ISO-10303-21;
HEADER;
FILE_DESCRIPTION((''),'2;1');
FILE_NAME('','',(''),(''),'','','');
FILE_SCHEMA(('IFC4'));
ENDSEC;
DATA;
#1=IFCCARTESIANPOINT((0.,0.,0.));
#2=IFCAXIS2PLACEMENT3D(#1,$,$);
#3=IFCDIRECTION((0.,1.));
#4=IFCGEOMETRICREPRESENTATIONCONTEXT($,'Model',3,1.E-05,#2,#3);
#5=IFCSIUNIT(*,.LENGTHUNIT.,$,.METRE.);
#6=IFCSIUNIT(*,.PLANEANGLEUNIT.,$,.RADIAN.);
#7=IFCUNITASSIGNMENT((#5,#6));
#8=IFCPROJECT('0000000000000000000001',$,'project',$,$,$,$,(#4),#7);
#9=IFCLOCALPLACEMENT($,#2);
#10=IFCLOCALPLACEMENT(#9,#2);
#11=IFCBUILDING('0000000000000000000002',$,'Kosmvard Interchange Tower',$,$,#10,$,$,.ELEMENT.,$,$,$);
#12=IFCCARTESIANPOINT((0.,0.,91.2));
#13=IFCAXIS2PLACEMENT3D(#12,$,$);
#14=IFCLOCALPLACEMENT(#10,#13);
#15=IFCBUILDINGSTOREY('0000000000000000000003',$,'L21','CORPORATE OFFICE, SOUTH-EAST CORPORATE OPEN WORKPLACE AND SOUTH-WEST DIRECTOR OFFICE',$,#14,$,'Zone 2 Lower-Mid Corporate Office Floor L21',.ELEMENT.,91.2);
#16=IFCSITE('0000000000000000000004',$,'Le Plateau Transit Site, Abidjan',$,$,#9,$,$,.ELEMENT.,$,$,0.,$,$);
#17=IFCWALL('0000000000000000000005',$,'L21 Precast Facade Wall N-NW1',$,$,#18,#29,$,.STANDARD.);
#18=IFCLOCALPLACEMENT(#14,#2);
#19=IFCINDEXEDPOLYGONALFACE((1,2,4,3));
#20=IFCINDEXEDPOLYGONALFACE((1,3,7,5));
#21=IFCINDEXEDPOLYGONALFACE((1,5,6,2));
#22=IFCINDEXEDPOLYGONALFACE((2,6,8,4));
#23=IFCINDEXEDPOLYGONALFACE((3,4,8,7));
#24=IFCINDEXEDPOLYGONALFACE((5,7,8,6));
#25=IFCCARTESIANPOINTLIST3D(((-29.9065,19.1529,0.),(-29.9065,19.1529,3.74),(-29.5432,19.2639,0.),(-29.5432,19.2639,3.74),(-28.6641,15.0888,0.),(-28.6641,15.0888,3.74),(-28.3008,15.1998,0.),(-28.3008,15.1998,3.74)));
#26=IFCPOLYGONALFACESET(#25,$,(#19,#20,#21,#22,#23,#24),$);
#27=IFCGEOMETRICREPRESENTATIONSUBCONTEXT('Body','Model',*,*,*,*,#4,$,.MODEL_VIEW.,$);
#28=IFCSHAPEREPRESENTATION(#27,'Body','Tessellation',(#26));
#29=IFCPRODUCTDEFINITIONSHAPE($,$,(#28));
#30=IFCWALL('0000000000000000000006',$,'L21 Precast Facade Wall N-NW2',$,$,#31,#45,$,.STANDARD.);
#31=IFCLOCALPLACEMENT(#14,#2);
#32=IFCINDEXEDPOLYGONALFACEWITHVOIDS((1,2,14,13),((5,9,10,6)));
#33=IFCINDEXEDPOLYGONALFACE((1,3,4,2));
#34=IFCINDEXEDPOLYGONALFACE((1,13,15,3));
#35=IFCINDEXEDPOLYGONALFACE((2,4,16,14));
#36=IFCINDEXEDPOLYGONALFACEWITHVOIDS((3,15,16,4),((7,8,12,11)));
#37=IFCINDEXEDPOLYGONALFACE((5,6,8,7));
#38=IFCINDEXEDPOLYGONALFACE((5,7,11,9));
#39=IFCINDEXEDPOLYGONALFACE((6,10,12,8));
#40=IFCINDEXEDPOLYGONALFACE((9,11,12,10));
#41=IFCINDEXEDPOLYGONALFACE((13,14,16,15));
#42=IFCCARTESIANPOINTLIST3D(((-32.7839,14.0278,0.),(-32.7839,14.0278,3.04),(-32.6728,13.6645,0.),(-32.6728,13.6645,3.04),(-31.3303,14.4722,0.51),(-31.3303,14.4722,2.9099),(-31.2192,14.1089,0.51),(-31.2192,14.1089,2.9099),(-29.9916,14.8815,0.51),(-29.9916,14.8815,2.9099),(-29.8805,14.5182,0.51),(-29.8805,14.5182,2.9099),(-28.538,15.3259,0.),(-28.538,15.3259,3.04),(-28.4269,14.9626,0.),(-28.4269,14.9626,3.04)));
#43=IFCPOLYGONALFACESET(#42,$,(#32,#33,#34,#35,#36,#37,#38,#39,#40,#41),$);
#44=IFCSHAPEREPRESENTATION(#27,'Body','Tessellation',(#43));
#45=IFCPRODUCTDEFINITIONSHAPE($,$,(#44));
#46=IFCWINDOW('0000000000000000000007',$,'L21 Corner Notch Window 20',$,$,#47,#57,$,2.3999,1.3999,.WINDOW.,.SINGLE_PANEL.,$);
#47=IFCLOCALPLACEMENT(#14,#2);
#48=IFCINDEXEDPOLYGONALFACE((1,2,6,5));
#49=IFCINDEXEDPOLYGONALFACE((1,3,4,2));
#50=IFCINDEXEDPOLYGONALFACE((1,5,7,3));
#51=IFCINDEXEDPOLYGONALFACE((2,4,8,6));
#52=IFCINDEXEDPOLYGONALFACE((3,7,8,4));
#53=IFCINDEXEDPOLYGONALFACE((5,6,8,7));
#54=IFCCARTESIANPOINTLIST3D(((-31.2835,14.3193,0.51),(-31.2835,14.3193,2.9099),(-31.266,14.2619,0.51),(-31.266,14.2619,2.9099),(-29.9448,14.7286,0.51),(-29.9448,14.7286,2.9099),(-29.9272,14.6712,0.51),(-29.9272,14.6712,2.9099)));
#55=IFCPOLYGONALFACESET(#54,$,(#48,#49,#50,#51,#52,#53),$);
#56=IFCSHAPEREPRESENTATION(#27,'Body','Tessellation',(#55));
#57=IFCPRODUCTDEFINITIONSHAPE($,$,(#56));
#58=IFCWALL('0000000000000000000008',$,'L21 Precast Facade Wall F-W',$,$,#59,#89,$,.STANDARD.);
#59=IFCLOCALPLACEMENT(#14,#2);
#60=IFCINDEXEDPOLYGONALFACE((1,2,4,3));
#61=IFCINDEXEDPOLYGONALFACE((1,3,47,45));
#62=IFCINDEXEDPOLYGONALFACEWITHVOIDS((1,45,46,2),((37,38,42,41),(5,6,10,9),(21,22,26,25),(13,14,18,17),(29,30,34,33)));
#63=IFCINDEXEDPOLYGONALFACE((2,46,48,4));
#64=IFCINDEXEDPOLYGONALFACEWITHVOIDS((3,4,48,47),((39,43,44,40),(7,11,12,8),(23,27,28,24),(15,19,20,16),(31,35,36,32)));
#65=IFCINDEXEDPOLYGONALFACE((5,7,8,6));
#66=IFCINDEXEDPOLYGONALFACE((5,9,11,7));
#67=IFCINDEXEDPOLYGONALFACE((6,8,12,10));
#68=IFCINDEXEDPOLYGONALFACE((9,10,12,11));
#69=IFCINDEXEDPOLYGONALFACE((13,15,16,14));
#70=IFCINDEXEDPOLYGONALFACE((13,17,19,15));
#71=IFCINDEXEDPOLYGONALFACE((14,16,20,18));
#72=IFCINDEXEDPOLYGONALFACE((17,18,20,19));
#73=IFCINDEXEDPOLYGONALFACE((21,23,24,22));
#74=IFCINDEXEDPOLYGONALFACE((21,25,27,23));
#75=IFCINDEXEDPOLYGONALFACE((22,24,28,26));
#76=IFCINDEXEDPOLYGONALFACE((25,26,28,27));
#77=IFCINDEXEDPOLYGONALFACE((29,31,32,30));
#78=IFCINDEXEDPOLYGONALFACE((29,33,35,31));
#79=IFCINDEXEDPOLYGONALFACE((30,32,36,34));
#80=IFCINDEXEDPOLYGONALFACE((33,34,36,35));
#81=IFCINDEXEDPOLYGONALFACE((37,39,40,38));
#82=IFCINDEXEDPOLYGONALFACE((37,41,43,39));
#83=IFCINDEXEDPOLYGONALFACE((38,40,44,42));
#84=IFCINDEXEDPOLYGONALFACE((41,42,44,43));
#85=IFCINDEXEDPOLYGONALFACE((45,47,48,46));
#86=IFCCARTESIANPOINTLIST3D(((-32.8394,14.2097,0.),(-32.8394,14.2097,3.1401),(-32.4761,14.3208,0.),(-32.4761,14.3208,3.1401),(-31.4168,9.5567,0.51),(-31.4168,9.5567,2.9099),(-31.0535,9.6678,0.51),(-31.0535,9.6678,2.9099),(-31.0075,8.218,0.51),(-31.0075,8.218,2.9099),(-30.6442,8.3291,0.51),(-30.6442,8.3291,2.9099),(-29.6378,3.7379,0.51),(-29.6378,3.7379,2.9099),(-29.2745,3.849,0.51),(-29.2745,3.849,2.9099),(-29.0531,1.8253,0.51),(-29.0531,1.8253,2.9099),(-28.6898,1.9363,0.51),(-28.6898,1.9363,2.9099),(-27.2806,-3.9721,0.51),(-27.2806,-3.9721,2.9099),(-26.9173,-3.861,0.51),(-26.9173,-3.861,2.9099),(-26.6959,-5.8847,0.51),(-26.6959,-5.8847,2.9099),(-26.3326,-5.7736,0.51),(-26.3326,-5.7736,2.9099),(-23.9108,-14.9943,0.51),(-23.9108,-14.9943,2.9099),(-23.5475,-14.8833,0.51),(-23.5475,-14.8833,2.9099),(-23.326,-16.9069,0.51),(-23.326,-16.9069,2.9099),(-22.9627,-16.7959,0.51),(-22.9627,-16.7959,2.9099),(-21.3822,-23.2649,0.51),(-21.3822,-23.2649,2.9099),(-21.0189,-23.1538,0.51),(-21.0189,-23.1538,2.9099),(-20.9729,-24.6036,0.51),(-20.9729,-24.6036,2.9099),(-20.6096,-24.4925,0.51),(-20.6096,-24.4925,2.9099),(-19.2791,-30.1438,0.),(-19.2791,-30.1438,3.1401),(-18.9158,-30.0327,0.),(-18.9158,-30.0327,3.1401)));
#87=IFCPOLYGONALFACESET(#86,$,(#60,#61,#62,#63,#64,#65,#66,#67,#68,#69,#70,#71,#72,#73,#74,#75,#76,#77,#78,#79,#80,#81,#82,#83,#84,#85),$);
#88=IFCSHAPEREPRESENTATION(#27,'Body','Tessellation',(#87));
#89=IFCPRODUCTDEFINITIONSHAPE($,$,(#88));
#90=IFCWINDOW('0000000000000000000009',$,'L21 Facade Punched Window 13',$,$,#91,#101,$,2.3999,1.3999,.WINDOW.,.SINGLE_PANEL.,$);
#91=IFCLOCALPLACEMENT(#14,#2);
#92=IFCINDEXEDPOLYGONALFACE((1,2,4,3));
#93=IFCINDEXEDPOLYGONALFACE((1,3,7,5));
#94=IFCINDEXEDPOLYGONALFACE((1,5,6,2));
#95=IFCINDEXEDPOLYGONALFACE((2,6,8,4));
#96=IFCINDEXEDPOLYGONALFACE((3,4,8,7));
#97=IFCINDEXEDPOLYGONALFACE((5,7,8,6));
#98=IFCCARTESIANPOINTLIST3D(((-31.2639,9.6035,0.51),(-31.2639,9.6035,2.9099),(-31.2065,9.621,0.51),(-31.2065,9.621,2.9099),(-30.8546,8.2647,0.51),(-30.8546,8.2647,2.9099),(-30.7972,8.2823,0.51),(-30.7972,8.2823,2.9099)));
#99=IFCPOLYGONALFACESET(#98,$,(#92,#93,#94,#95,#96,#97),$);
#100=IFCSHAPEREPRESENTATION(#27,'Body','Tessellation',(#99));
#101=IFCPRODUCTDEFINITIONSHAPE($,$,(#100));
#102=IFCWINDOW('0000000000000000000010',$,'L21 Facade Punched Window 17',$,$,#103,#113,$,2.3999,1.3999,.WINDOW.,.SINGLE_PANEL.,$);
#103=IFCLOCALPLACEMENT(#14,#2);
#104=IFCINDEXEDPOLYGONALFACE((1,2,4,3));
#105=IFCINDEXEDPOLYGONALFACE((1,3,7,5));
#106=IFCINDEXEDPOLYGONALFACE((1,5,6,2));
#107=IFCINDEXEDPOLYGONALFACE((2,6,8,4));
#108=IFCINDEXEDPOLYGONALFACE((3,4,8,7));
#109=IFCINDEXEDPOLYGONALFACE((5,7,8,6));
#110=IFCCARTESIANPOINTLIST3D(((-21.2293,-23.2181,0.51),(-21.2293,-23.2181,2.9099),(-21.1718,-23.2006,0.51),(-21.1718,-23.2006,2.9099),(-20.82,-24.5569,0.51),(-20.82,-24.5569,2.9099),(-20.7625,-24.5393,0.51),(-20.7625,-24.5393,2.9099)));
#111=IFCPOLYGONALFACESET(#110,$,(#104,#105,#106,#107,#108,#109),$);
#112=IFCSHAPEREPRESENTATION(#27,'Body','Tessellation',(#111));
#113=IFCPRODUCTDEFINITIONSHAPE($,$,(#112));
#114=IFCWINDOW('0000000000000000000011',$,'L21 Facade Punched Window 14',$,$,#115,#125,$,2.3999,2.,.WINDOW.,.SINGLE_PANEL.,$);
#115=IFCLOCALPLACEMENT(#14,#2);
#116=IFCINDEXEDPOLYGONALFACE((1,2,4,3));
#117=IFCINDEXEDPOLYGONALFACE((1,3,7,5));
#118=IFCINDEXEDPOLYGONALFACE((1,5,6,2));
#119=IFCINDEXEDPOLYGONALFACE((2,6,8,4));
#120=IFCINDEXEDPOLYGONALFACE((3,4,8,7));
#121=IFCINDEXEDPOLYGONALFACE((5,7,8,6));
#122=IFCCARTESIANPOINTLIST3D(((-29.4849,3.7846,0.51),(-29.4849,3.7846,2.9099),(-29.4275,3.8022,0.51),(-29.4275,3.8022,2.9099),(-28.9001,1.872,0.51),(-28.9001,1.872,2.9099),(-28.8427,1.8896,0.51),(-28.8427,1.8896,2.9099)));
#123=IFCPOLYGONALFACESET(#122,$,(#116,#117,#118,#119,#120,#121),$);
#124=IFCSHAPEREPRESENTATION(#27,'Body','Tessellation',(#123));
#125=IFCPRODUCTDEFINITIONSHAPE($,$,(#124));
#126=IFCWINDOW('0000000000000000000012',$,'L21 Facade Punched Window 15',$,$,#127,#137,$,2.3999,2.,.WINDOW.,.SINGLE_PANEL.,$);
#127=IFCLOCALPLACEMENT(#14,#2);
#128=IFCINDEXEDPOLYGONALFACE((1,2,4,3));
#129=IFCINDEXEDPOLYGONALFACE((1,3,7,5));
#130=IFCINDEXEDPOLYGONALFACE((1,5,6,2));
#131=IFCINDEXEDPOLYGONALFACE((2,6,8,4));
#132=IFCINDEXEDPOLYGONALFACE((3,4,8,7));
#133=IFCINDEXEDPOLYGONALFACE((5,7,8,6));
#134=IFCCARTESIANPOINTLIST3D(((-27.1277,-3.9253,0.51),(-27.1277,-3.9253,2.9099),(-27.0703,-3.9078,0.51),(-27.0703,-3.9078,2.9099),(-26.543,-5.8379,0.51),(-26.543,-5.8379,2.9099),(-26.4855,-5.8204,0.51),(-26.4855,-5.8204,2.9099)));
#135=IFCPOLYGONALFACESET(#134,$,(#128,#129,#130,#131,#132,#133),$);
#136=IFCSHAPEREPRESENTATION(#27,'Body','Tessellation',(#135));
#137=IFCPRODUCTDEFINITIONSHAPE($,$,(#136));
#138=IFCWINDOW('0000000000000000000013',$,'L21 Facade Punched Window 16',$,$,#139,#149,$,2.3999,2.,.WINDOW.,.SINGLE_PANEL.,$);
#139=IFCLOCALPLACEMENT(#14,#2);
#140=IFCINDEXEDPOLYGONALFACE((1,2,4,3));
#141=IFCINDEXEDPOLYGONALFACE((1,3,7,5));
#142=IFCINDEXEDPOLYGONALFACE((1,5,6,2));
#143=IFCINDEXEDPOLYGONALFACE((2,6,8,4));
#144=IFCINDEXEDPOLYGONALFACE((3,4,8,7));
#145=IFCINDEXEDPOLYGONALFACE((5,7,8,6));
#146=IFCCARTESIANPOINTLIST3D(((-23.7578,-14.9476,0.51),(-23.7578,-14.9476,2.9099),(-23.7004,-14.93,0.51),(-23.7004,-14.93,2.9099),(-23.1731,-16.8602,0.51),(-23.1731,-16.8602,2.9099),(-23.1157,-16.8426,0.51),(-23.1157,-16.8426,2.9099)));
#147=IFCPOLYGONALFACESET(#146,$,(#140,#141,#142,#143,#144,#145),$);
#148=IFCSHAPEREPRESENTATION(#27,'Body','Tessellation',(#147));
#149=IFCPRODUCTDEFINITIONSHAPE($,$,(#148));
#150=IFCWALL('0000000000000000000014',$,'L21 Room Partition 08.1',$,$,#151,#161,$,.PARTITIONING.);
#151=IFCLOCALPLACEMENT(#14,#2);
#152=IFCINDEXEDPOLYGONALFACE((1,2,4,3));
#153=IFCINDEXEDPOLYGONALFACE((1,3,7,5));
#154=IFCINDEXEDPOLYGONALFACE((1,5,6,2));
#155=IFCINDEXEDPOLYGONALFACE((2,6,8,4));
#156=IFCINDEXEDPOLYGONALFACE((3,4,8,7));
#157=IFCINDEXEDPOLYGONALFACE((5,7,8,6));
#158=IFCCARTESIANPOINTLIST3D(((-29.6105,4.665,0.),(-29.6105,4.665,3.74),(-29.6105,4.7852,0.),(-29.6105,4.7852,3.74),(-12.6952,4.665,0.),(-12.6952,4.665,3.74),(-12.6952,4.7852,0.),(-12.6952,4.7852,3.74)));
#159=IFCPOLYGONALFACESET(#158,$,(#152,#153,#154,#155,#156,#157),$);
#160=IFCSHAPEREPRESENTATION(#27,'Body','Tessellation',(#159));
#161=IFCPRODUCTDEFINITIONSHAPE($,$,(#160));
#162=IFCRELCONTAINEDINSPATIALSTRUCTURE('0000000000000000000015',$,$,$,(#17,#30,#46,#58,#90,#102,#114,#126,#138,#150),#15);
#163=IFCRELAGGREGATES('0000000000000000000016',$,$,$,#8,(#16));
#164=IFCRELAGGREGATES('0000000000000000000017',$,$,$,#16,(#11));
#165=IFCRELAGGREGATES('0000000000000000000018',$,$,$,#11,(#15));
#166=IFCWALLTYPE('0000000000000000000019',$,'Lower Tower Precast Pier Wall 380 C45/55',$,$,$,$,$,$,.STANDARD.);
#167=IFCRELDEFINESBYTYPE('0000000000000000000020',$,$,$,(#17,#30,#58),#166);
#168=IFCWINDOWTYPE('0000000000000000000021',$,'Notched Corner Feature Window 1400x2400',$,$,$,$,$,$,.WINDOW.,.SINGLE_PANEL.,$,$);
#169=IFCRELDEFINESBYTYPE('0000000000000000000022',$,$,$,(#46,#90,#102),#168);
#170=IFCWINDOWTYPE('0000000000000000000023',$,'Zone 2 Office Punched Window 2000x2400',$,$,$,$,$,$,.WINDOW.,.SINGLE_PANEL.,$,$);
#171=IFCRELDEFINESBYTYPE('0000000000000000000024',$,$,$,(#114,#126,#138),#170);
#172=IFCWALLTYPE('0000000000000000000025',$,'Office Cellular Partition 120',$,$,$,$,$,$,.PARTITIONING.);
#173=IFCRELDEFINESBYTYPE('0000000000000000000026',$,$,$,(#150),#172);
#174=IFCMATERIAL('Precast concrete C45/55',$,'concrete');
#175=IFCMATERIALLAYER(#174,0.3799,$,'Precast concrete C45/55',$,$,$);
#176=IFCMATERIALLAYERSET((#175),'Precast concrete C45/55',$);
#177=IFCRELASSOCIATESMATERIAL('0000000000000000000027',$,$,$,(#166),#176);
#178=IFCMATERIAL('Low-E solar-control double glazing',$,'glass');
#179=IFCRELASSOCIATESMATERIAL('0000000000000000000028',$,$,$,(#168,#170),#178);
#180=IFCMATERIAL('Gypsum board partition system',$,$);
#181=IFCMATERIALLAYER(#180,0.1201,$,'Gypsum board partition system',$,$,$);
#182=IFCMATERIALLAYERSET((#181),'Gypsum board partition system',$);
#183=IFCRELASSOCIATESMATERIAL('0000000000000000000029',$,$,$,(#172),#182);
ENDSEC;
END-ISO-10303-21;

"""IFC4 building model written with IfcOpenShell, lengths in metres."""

from ifc_helpers import new_model, si_unit, direction, frame, frame_2d, origin, place, context, subcontext, project, spatial, rectangle, extrude, source, transform, mapped, material, layer, layer_set, type_object, element, fill, save


model = new_model("IFC4")

# Units and contexts
model_context = context("Model", 3, precision=1e-05, world=origin(), true_north=direction((0.0, 1.0)))
body_context = subcontext(model_context, "Body", "Model", "MODEL_VIEW")
ifc_project = project(units=[si_unit("LENGTHUNIT", "METRE"), si_unit("PLANEANGLEUNIT", "RADIAN")], contexts=[model_context])

# Site, building, storey
site_placement = place(None, origin())
site = spatial("IfcSite", under=ifc_project, at=site_placement, Name="Le Plateau Transit Site, Abidjan", CompositionType="ELEMENT", RefElevation=0.0)
building_placement = place(site_placement, origin())
building = spatial("IfcBuilding", under=site, at=building_placement, Name="Kosmvard Interchange Tower", CompositionType="ELEMENT")
storey_placement = place(building_placement, frame((0.0, 0.0, 91.2)))
storey = spatial("IfcBuildingStorey", under=building, at=storey_placement, Name="L21", Description="CORPORATE OFFICE, SOUTH-EAST CORPORATE OPEN WORKPLACE AND SOUTH-WEST DIRECTOR OFFICE", LongName="Zone 2 Lower-Mid Corporate Office Floor L21", CompositionType="ELEMENT", Elevation=91.2)

# Shared definitions
ifc_material_1 = material(Name="Precast concrete C45/55", Category="concrete")

# Wall
ifc_layer_1 = layer(ifc_material_1, 0.3799, Name="Precast concrete C45/55")
ifc_layer_set_1 = layer_set([ifc_layer_1], Name="Precast concrete C45/55")
wall_type_1 = type_object("IfcWallType", Name="Lower Tower Precast Pier Wall 380 C45/55", PredefinedType="STANDARD", material=ifc_layer_set_1)
wall_1_placement = place(storey_placement, frame((-29.7249, 19.2085, 0.0), z_axis=(0.0, 0.0, 1.0), x_axis=(0.292346, -0.956313, 0.0)))
element("IfcWall", 1, at=wall_1_placement, inside=storey, type_object=wall_type_1, Name="L21 Precast Facade Wall N-NW1", PredefinedType="STANDARD", context=body_context, shape_type="SweptSolid", body=[
    extrude(rectangle(XDim=4.2498, YDim=0.3799, at=frame_2d((2.125, 0.0))), origin(), (0.0, 0.0, 1.0), 3.74),
])

# Wall, opening, window
wall_2_placement = place(storey_placement, frame((-28.4824, 15.1443, 0.0), z_axis=(0.0, 0.0, 1.0), x_axis=(-0.956304, -0.292374, 0.0)))
wall_2 = element("IfcWall", 2, at=wall_2_placement, inside=storey, type_object=wall_type_1, Name="L21 Precast Facade Wall N-NW2", PredefinedType="STANDARD", context=body_context, shape_type="SweptSolid", body=[
    extrude(rectangle(XDim=4.4399, YDim=0.3799, at=frame_2d((2.22, 0.0))), origin(), (0.0, 0.0, 1.0), 3.04),
])
opening_1_placement = place(wall_2_placement, frame((1.52, 0.0, 0.51)))
opening_1 = element("IfcOpeningElement", 3, at=opening_1_placement, cuts=wall_2, PredefinedType="OPENING", context=body_context, shape_type="SweptSolid", body=[
    extrude(rectangle(XDim=1.3999, YDim=2.3999, at=frame_2d((0.7, 1.2))), frame((0.0, 0.2, 0.0), z_axis=(0.0, -1.0, 0.0), x_axis=(1.0, 0.0, 0.0)), (0.0, 0.0, 1.0), 0.3999),
])
ifc_material_2 = material(Name="Low-E solar-control double glazing", Category="glass")
window_type_1 = type_object("IfcWindowType", Name="Notched Corner Feature Window 1400x2400", PartitioningType="SINGLE_PANEL", PredefinedType="WINDOW", material=ifc_material_2)
shared_shape_1 = source(origin(), body_context, "Body", "SweptSolid", [
    extrude(rectangle(XDim=1.3999, YDim=2.3999, at=frame_2d((0.7, 1.2))), frame((0.0, 0.03, 0.0), z_axis=(0.0, -1.0, 0.0), x_axis=(1.0, 0.0, 0.0)), (0.0, 0.0, 1.0), 0.0601),
])
window_1_placement = place(opening_1_placement, origin())
window_1 = element("IfcWindow", 4, at=window_1_placement, inside=storey, type_object=window_type_1, Name="L21 Corner Notch Window 20", OverallHeight=2.3999, OverallWidth=1.3999, PartitioningType="SINGLE_PANEL", PredefinedType="WINDOW", context=body_context, shape_type="MappedRepresentation", body=[
    mapped(shared_shape_1, transform((0.0, 0.0, 0.0), scale=1.0)),
])
fill(opening_1, window_1)

# Wall, openings, windows
wall_3_placement = place(storey_placement, frame((-32.6577, 14.2651, 0.0), z_axis=(0.0, 0.0, 1.0), x_axis=(0.292373, -0.956304, 0.0)))
wall_3 = element("IfcWall", 5, at=wall_3_placement, inside=storey, type_object=wall_type_1, Name="L21 Precast Facade Wall F-W", PredefinedType="STANDARD", context=body_context, shape_type="SweptSolid", body=[
    extrude(rectangle(XDim=46.3801, YDim=0.3799, at=frame_2d((23.1899, 0.0))), origin(), (0.0, 0.0, 1.0), 3.1401),
])
opening_2_placement = place(wall_3_placement, frame((4.8655, 0.0, 0.51)))
opening_2 = element("IfcOpeningElement", 6, at=opening_2_placement, cuts=wall_3, PredefinedType="OPENING", context=body_context, shape_type="SweptSolid", body=[
    extrude(rectangle(XDim=1.3999, YDim=2.3999, at=frame_2d((0.7, 1.2))), frame((0.0, 0.2, 0.0), z_axis=(0.0, -1.0, 0.0), x_axis=(1.0, 0.0, 0.0)), (0.0, 0.0, 1.0), 0.3999),
])
opening_3_placement = place(wall_3_placement, frame((10.9502, 0.0, 0.51)))
opening_3 = element("IfcOpeningElement", 7, at=opening_3_placement, cuts=wall_3, PredefinedType="OPENING", context=body_context, shape_type="SweptSolid", body=[
    extrude(rectangle(XDim=2.0, YDim=2.3999, at=frame_2d((1.0, 1.2))), frame((0.0, 0.2, 0.0), z_axis=(0.0, -1.0, 0.0), x_axis=(1.0, 0.0, 0.0)), (0.0, 0.0, 1.0), 0.3999),
])
opening_4_placement = place(wall_3_placement, frame((19.0125, 0.0, 0.51)))
opening_4 = element("IfcOpeningElement", 8, at=opening_4_placement, cuts=wall_3, PredefinedType="OPENING", context=body_context, shape_type="SweptSolid", body=[
    extrude(rectangle(XDim=2.0, YDim=2.3999, at=frame_2d((1.0, 1.2))), frame((0.0, 0.2, 0.0), z_axis=(0.0, -1.0, 0.0), x_axis=(1.0, 0.0, 0.0)), (0.0, 0.0, 1.0), 0.3999),
])
opening_5_placement = place(wall_3_placement, frame((30.5383, 0.0, 0.51)))
opening_5 = element("IfcOpeningElement", 9, at=opening_5_placement, cuts=wall_3, PredefinedType="OPENING", context=body_context, shape_type="SweptSolid", body=[
    extrude(rectangle(XDim=2.0, YDim=2.3999, at=frame_2d((1.0, 1.2))), frame((0.0, 0.2, 0.0), z_axis=(0.0, -1.0, 0.0), x_axis=(1.0, 0.0, 0.0)), (0.0, 0.0, 1.0), 0.3999),
])
opening_6_placement = place(wall_3_placement, frame((39.1868, 0.0, 0.51)))
opening_6 = element("IfcOpeningElement", 10, at=opening_6_placement, cuts=wall_3, PredefinedType="OPENING", context=body_context, shape_type="SweptSolid", body=[
    extrude(rectangle(XDim=1.3999, YDim=2.3999, at=frame_2d((0.7, 1.2))), frame((0.0, 0.2, 0.0), z_axis=(0.0, -1.0, 0.0), x_axis=(1.0, 0.0, 0.0)), (0.0, 0.0, 1.0), 0.3999),
])
window_2_placement = place(opening_2_placement, origin())
window_2 = element("IfcWindow", 11, at=window_2_placement, inside=storey, type_object=window_type_1, Name="L21 Facade Punched Window 13", OverallHeight=2.3999, OverallWidth=1.3999, PartitioningType="SINGLE_PANEL", PredefinedType="WINDOW", context=body_context, shape_type="MappedRepresentation", body=[
    mapped(shared_shape_1, transform((0.0, 0.0, 0.0), scale=1.0)),
])
fill(opening_2, window_2)
window_3_placement = place(opening_6_placement, origin())
window_3 = element("IfcWindow", 12, at=window_3_placement, inside=storey, type_object=window_type_1, Name="L21 Facade Punched Window 17", OverallHeight=2.3999, OverallWidth=1.3999, PartitioningType="SINGLE_PANEL", PredefinedType="WINDOW", context=body_context, shape_type="MappedRepresentation", body=[
    mapped(shared_shape_1, transform((0.0, 0.0, 0.0), scale=1.0)),
])
fill(opening_6, window_3)
window_type_2 = type_object("IfcWindowType", Name="Zone 2 Office Punched Window 2000x2400", PartitioningType="SINGLE_PANEL", PredefinedType="WINDOW", material=ifc_material_2)
shared_shape_2 = source(origin(), body_context, "Body", "SweptSolid", [
    extrude(rectangle(XDim=2.0, YDim=2.3999, at=frame_2d((1.0, 1.2))), frame((0.0, 0.03, 0.0), z_axis=(0.0, -1.0, 0.0), x_axis=(1.0, 0.0, 0.0)), (0.0, 0.0, 1.0), 0.0601),
])
window_4_placement = place(opening_3_placement, origin())
window_4 = element("IfcWindow", 13, at=window_4_placement, inside=storey, type_object=window_type_2, Name="L21 Facade Punched Window 14", OverallHeight=2.3999, OverallWidth=2.0, PartitioningType="SINGLE_PANEL", PredefinedType="WINDOW", context=body_context, shape_type="MappedRepresentation", body=[
    mapped(shared_shape_2, transform((0.0, 0.0, 0.0), scale=1.0)),
])
fill(opening_3, window_4)
window_5_placement = place(opening_4_placement, origin())
window_5 = element("IfcWindow", 14, at=window_5_placement, inside=storey, type_object=window_type_2, Name="L21 Facade Punched Window 15", OverallHeight=2.3999, OverallWidth=2.0, PartitioningType="SINGLE_PANEL", PredefinedType="WINDOW", context=body_context, shape_type="MappedRepresentation", body=[
    mapped(shared_shape_2, transform((0.0, 0.0, 0.0), scale=1.0)),
])
fill(opening_4, window_5)
window_6_placement = place(opening_5_placement, origin())
window_6 = element("IfcWindow", 15, at=window_6_placement, inside=storey, type_object=window_type_2, Name="L21 Facade Punched Window 16", OverallHeight=2.3999, OverallWidth=2.0, PartitioningType="SINGLE_PANEL", PredefinedType="WINDOW", context=body_context, shape_type="MappedRepresentation", body=[
    mapped(shared_shape_2, transform((0.0, 0.0, 0.0), scale=1.0)),
])
fill(opening_5, window_6)

# Wall
ifc_material_3 = material(Name="Gypsum board partition system")
ifc_layer_2 = layer(ifc_material_3, 0.1201, Name="Gypsum board partition system")
ifc_layer_set_2 = layer_set([ifc_layer_2], Name="Gypsum board partition system")
wall_type_2 = type_object("IfcWallType", Name="Office Cellular Partition 120", PredefinedType="PARTITIONING", material=ifc_layer_set_2)
wall_4_placement = place(storey_placement, frame((-29.6104, 4.7251, 0.0), z_axis=(0.0, 0.0, 1.0), x_axis=(1.0, 0.0, 0.0)))
element("IfcWall", 16, at=wall_4_placement, inside=storey, type_object=wall_type_2, Name="L21 Room Partition 08.1", PredefinedType="PARTITIONING", context=body_context, shape_type="SweptSolid", body=[
    extrude(rectangle(XDim=16.9153, YDim=0.1201, at=frame_2d((8.4575, 0.0))), origin(), (0.0, 0.0, 1.0), 3.74),
])

save(model, "model.ifc")
